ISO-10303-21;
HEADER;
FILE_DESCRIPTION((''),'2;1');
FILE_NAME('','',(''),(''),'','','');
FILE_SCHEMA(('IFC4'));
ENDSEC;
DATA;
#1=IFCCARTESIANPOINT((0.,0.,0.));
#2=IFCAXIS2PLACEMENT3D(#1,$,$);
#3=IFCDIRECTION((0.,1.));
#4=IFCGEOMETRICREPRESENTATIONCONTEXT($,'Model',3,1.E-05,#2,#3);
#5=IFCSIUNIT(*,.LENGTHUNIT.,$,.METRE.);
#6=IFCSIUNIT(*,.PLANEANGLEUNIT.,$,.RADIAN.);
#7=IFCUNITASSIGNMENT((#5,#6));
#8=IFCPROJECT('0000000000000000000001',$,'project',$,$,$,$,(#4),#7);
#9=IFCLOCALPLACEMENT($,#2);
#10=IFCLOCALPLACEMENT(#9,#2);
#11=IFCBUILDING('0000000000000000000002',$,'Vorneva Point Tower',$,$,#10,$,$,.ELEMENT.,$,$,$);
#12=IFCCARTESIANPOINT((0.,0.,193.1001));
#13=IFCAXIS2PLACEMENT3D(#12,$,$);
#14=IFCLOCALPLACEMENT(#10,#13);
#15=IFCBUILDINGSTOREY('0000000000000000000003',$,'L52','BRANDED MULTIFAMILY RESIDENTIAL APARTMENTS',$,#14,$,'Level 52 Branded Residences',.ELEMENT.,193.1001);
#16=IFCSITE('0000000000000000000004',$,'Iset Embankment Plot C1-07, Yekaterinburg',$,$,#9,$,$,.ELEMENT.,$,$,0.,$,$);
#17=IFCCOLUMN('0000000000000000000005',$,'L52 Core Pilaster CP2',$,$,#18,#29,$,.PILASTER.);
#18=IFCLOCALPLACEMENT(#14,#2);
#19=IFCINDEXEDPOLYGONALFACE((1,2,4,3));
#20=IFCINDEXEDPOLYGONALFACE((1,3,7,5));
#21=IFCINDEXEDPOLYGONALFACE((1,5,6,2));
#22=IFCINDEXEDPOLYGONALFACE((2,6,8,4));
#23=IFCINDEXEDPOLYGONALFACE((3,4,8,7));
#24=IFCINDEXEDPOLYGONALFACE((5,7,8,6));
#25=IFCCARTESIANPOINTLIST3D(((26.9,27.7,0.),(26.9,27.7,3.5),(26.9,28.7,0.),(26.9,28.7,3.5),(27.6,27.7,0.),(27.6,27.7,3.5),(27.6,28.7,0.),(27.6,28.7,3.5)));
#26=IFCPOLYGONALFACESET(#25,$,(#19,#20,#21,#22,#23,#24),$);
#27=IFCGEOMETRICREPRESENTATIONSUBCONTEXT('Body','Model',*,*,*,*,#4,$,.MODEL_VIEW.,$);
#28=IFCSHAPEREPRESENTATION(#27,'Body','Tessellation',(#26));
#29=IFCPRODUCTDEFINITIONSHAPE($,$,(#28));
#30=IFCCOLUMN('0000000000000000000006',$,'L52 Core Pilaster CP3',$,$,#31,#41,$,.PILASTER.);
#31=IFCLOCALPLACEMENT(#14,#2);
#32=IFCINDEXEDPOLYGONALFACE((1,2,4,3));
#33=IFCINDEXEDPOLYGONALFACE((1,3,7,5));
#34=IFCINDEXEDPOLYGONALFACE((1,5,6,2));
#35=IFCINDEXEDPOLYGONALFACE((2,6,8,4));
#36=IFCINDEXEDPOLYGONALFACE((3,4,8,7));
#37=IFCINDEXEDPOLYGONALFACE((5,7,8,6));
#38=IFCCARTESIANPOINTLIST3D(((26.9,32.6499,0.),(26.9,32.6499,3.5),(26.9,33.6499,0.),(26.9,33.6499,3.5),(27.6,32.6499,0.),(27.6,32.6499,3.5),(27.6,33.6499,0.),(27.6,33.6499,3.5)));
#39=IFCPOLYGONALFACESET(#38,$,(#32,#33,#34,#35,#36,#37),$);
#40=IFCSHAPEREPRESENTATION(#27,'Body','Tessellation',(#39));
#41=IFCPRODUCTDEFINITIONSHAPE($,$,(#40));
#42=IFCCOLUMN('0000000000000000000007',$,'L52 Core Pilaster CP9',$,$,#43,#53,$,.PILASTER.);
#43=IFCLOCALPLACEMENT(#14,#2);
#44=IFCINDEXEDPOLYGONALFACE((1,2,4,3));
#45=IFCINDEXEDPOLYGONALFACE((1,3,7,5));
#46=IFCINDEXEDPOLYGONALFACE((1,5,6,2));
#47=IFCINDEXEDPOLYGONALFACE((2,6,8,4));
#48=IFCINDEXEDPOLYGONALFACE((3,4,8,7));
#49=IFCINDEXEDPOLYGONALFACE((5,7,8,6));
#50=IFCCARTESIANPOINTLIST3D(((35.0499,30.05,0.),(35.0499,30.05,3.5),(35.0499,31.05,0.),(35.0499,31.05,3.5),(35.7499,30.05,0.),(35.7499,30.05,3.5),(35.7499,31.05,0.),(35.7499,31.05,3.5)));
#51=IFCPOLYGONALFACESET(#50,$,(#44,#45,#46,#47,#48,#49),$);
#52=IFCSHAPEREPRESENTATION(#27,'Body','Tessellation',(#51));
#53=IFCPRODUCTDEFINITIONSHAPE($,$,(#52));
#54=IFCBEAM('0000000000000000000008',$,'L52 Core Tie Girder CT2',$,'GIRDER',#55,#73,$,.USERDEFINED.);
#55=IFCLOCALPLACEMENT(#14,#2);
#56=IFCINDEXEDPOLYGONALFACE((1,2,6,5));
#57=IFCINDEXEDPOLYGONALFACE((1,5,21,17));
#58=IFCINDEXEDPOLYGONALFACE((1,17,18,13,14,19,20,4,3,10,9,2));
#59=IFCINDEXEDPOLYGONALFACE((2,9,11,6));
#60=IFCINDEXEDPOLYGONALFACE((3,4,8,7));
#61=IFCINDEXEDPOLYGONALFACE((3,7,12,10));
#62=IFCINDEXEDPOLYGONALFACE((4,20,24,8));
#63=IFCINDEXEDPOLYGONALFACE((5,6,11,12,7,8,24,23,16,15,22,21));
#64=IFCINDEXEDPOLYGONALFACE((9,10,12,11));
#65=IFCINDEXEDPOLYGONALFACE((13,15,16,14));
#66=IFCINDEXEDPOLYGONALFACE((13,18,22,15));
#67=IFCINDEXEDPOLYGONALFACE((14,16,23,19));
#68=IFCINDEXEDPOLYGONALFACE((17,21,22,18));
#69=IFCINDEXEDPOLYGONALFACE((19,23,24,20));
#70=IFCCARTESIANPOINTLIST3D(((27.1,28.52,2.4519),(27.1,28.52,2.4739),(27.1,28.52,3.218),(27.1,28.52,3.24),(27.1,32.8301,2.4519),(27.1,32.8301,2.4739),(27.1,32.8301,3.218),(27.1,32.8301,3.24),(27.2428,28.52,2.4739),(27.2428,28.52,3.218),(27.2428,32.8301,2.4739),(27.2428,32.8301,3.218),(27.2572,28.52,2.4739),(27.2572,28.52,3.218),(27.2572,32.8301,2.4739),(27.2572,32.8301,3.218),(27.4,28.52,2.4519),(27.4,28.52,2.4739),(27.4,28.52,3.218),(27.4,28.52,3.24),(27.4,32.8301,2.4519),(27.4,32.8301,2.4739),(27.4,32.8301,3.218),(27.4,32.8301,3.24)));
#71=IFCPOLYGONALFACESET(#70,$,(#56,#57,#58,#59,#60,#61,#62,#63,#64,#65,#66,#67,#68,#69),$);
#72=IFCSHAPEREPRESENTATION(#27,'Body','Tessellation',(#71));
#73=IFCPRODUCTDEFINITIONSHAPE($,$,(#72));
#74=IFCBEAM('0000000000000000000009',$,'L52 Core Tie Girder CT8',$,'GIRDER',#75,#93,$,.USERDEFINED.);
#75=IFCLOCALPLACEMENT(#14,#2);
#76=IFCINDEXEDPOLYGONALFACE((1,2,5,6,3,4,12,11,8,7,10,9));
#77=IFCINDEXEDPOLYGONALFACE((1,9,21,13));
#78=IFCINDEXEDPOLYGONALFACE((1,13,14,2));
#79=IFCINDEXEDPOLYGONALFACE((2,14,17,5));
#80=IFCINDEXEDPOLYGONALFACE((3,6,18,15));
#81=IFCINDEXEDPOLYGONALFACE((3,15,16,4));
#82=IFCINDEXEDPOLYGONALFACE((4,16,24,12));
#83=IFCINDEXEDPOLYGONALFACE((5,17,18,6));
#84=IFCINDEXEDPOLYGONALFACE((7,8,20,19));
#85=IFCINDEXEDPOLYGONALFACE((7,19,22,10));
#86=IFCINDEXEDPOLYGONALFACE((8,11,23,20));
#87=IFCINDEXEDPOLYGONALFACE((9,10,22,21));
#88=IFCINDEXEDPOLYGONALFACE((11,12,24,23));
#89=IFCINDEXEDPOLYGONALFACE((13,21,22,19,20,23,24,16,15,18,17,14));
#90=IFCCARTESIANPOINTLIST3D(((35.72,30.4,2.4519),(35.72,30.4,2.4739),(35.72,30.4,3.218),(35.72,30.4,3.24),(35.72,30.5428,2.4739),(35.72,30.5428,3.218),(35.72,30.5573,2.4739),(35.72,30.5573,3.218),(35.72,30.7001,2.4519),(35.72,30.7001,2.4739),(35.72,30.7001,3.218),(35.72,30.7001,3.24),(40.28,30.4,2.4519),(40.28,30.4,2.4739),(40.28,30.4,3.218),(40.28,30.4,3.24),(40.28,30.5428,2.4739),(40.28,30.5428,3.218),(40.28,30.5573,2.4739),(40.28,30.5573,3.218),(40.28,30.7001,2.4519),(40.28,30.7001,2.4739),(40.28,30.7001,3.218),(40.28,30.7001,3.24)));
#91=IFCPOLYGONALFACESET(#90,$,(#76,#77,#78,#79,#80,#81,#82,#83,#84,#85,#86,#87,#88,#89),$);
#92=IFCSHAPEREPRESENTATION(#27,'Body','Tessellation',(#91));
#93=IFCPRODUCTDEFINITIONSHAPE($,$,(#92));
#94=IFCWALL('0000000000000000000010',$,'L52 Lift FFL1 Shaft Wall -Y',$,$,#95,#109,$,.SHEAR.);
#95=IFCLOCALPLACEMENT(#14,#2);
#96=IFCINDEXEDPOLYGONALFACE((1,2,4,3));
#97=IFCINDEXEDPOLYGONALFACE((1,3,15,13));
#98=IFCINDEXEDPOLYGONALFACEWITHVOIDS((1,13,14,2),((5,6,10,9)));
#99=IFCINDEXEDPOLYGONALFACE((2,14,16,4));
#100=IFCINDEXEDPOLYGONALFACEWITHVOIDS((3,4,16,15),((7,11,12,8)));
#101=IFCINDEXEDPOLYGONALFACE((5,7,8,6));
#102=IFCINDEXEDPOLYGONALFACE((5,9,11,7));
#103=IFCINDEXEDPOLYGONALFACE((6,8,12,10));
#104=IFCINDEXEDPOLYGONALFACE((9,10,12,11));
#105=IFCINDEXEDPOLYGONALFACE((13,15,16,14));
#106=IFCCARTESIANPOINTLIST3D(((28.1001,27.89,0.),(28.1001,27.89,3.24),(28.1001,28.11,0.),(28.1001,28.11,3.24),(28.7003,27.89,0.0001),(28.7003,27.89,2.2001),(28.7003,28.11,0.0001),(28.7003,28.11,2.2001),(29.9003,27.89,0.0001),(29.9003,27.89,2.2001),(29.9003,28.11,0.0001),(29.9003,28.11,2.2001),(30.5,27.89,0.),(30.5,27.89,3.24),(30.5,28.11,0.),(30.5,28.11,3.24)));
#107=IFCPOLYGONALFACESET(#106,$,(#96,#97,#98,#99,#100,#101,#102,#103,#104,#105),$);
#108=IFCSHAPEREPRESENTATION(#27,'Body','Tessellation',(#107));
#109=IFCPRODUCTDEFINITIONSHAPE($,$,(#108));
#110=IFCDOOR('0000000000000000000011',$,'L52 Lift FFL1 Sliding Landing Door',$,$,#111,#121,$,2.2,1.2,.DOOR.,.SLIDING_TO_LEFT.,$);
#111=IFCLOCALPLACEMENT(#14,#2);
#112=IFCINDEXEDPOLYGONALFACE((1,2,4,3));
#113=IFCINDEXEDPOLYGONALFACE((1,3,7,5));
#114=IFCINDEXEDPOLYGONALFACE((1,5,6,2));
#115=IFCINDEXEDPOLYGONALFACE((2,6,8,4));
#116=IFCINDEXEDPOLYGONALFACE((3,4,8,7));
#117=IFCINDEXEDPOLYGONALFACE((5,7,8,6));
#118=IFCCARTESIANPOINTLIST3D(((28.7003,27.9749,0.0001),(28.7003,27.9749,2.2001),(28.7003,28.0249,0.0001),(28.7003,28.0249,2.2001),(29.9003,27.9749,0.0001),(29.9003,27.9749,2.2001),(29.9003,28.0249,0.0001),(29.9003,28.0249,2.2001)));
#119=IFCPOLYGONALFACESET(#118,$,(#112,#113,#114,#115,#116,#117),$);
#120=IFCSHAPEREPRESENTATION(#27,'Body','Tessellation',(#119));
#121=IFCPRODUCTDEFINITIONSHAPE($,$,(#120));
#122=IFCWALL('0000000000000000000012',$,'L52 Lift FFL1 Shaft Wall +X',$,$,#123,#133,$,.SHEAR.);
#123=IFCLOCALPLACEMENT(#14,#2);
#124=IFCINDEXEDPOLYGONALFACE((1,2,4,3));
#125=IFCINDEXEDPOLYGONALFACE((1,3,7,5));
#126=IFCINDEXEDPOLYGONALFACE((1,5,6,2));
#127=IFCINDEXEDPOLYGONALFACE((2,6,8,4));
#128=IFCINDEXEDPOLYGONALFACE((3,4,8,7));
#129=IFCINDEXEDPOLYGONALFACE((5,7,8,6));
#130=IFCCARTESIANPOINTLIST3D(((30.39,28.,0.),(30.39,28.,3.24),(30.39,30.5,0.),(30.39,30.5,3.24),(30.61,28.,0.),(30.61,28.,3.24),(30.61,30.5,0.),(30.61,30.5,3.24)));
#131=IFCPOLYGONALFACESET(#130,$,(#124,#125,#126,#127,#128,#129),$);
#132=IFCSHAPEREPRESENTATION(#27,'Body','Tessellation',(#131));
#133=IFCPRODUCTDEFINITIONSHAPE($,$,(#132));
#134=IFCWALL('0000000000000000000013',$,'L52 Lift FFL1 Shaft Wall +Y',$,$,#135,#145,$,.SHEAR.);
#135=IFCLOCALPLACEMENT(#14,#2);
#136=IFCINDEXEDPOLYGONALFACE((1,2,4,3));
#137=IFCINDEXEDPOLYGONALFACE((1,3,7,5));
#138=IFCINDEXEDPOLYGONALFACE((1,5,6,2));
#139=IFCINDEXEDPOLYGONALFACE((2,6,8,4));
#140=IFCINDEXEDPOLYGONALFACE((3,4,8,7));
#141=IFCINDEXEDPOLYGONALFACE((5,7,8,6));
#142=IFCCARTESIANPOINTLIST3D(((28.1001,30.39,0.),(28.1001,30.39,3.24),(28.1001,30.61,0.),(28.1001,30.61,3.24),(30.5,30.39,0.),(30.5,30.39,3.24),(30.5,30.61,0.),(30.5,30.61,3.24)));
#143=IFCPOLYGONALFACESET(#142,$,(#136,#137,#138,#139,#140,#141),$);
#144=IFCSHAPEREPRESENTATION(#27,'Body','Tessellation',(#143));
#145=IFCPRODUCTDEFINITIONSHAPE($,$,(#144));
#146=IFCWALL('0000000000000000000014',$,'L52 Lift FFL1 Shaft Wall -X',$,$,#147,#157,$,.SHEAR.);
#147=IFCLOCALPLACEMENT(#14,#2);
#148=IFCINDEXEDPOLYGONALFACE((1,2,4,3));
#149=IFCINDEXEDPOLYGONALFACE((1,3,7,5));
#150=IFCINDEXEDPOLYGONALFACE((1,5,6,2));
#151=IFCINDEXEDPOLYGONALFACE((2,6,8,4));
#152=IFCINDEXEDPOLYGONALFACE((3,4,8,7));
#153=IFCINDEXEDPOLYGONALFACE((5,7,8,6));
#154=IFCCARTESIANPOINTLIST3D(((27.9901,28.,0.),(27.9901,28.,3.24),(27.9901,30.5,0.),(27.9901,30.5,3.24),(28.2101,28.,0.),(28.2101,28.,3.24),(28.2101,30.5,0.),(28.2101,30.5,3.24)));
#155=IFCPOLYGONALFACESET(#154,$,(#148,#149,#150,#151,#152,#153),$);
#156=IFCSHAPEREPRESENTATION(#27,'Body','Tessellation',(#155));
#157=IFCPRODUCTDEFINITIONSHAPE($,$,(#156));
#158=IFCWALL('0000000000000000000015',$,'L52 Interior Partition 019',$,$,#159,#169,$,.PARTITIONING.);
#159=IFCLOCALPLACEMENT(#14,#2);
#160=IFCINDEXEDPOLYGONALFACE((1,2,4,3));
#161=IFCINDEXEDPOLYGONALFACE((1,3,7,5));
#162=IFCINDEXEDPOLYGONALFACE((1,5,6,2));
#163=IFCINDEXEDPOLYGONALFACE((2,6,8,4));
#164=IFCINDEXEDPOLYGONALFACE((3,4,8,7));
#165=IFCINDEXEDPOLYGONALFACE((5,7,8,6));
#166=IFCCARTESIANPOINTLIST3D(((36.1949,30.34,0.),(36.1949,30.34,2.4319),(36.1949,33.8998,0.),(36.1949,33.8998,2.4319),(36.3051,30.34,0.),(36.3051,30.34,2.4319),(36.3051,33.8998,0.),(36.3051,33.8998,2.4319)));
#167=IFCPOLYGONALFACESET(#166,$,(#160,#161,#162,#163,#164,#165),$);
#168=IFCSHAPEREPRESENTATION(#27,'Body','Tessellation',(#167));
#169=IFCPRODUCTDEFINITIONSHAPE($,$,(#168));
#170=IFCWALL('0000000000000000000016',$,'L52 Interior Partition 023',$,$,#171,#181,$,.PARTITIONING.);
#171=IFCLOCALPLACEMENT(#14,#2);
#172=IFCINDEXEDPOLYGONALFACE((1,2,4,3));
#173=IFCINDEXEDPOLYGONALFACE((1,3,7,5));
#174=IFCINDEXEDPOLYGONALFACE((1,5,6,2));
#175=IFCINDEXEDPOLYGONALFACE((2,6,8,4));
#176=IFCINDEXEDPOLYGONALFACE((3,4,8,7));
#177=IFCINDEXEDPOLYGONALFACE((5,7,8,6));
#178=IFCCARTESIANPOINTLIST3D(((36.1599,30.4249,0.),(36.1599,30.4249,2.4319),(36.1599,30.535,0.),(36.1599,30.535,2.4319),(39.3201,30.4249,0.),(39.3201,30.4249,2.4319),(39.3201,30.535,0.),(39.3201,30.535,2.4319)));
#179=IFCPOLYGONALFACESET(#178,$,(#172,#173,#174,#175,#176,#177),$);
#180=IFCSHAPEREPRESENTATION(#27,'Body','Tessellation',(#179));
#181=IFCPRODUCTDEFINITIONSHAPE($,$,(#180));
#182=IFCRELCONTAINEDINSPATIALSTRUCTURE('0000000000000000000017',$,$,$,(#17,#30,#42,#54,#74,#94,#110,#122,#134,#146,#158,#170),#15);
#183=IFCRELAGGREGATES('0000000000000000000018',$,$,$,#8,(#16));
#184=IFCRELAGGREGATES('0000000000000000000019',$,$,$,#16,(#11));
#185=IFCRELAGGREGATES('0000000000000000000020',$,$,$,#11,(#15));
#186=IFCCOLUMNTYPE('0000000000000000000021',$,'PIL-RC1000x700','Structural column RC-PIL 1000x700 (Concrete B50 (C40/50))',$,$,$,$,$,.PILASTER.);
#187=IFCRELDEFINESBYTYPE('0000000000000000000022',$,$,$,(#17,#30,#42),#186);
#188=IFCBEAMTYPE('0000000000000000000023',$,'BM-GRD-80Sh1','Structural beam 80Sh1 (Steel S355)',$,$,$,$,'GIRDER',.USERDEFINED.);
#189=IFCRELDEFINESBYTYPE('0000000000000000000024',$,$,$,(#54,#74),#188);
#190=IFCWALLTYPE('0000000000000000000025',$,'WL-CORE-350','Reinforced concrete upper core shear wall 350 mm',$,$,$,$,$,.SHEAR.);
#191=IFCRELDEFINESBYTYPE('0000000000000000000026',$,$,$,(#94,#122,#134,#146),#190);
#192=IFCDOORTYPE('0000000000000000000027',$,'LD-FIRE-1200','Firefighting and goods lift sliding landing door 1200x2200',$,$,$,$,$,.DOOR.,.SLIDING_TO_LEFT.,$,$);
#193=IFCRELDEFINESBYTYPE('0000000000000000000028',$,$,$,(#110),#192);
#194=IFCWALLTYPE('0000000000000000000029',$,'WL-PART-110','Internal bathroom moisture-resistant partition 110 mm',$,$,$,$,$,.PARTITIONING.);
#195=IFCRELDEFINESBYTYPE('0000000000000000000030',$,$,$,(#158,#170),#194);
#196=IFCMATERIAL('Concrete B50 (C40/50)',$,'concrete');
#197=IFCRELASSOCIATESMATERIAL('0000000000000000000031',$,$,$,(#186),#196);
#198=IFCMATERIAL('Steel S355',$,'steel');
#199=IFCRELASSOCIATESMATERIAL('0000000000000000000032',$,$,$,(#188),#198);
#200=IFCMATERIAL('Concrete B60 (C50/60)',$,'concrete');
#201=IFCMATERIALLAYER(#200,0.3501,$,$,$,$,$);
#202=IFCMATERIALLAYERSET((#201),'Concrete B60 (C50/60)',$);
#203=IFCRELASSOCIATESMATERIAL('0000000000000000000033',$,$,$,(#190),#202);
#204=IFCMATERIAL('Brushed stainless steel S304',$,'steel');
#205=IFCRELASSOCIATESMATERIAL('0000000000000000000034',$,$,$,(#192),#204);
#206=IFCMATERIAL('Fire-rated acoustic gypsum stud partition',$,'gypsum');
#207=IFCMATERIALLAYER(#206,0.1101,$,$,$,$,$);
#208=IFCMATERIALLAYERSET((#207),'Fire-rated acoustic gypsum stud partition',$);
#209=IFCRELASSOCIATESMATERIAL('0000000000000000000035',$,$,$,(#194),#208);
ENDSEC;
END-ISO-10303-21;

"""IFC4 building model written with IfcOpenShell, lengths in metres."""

from ifc_helpers import new_model, si_unit, direction, frame, frame_2d, origin, origin_2d, place, context, subcontext, project, spatial, rectangle, i_section, extrude, material, layer, layer_set, material_profile, profile_set, type_object, element, fill, save


model = new_model("IFC4")

# Units and contexts
model_context = context("Model", 3, precision=1e-05, world=origin(), true_north=direction((0.0, 1.0)))
body_context = subcontext(model_context, "Body", "Model", "MODEL_VIEW")
ifc_project = project(units=[si_unit("LENGTHUNIT", "METRE"), si_unit("PLANEANGLEUNIT", "RADIAN")], contexts=[model_context])

# Site, building, storey
site_placement = place(None, origin())
site = spatial("IfcSite", under=ifc_project, at=site_placement, Name="Iset Embankment Plot C1-07, Yekaterinburg", CompositionType="ELEMENT", RefElevation=0.0)
building_placement = place(site_placement, origin())
building = spatial("IfcBuilding", under=site, at=building_placement, Name="Vorneva Point Tower", CompositionType="ELEMENT")
storey_placement = place(building_placement, frame((0.0, 0.0, 193.1001)))
storey = spatial("IfcBuildingStorey", under=building, at=storey_placement, Name="L52", Description="BRANDED MULTIFAMILY RESIDENTIAL APARTMENTS", LongName="Level 52 Branded Residences", CompositionType="ELEMENT", Elevation=193.1001)

# Columns
ifc_material_1 = material(Name="Concrete B50 (C40/50)", Category="concrete")
ifc_material_profile_1 = material_profile(ifc_material_1, rectangle(XDim=0.7, YDim=1.0, at=origin_2d()), Name="RC-PIL 1000x700")
ifc_profile_set_1 = profile_set([ifc_material_profile_1], Name="Concrete B50 (C40/50)")
column_type = type_object("IfcColumnType", Name="PIL-RC1000x700", Description="Structural column RC-PIL 1000x700 (Concrete B50 (C40/50))", PredefinedType="PILASTER", material=ifc_profile_set_1)
for number, where, z_axis, x_axis, name in (
    (1, (27.25, 28.2, 0.0), (0.0, 0.0, 1.0), (1.0, 0.0, 0.0), "L52 Core Pilaster CP2"),
    (2, (27.25, 33.1499, 0.0), (0.0, 0.0, 1.0), (1.0, 0.0, 0.0), "L52 Core Pilaster CP3"),
    (3, (35.3999, 30.55, 0.0), (0.0, 0.0, 1.0), (1.0, 0.0, 0.0), "L52 Core Pilaster CP9"),
):
    element("IfcColumn", number, at=place(storey_placement, frame(where, z_axis=z_axis, x_axis=x_axis)), inside=storey, type_object=column_type, Name=name, PredefinedType="PILASTER", context=body_context, shape_type="SweptSolid", body=[
        extrude(rectangle(XDim=0.7, YDim=1.0, at=origin_2d()), origin(), (0.0, 0.0, 1.0), 3.5),
    ])

# Beams
ifc_material_2 = material(Name="Steel S355", Category="steel")
ifc_material_profile_2 = material_profile(ifc_material_2, i_section(OverallWidth=0.3, OverallDepth=0.7881, WebThickness=0.0144, FlangeThickness=0.022, at=origin_2d()), Name="80Sh1")
ifc_profile_set_2 = profile_set([ifc_material_profile_2], Name="Steel S355")
beam_type = type_object("IfcBeamType", Name="BM-GRD-80Sh1", Description="Structural beam 80Sh1 (Steel S355)", ElementType="GIRDER", PredefinedType="USERDEFINED", material=ifc_profile_set_2)
beam_1_placement = place(storey_placement, frame((27.25, 28.52, 2.8459), z_axis=(0.0, 1.0, 0.0), x_axis=(-1.0, 0.0, 0.0)))
element("IfcBeam", 4, at=beam_1_placement, inside=storey, type_object=beam_type, Name="L52 Core Tie Girder CT2", ObjectType="GIRDER", PredefinedType="USERDEFINED", context=body_context, shape_type="SweptSolid", body=[
    extrude(i_section(OverallWidth=0.3, OverallDepth=0.7881, WebThickness=0.0144, FlangeThickness=0.022, at=origin_2d()), origin(), (0.0, 0.0, 1.0), 4.3101),
])
beam_2_placement = place(storey_placement, frame((35.72, 30.55, 2.8459), z_axis=(1.0, 0.0, 0.0), x_axis=(0.0, 1.0, 0.0)))
element("IfcBeam", 5, at=beam_2_placement, inside=storey, type_object=beam_type, Name="L52 Core Tie Girder CT8", ObjectType="GIRDER", PredefinedType="USERDEFINED", context=body_context, shape_type="SweptSolid", body=[
    extrude(i_section(OverallWidth=0.3, OverallDepth=0.7881, WebThickness=0.0144, FlangeThickness=0.022, at=origin_2d()), origin(), (0.0, 0.0, 1.0), 4.5601),
])

# Wall, opening, door
ifc_material_3 = material(Name="Concrete B60 (C50/60)", Category="concrete")
ifc_layer_1 = layer(ifc_material_3, 0.3501)
ifc_layer_set_1 = layer_set([ifc_layer_1], Name="Concrete B60 (C50/60)")
wall_type_1 = type_object("IfcWallType", Name="WL-CORE-350", Description="Reinforced concrete upper core shear wall 350 mm", PredefinedType="SHEAR", material=ifc_layer_set_1)
wall_1_placement = place(storey_placement, frame((28.1001, 28.0, 0.0), z_axis=(0.0, 0.0, 1.0), x_axis=(1.0, 0.0, 0.0)))
wall_1 = element("IfcWall", 6, at=wall_1_placement, inside=storey, type_object=wall_type_1, Name="L52 Lift FFL1 Shaft Wall -Y", PredefinedType="SHEAR", context=body_context, shape_type="SweptSolid", body=[
    extrude(rectangle(XDim=2.3999, YDim=0.22, at=frame_2d((1.2, 0.0))), origin(), (0.0, 0.0, 1.0), 3.24),
])
opening_1_placement = place(wall_1_placement, frame((0.6001, 0.0, 0.0)))
opening_1 = element("IfcOpeningElement", 7, at=opening_1_placement, cuts=wall_1, PredefinedType="OPENING", context=body_context, shape_type="SweptSolid", body=[
    extrude(rectangle(XDim=1.2, YDim=2.2, at=frame_2d((0.6001, 1.1001))), frame((0.0, 0.125, 0.0), z_axis=(0.0, -1.0, 0.0), x_axis=(1.0, 0.0, 0.0)), (0.0, 0.0, 1.0), 0.2498),
])
ifc_material_4 = material(Name="Brushed stainless steel S304", Category="steel")
door_type_1 = type_object("IfcDoorType", Name="LD-FIRE-1200", Description="Firefighting and goods lift sliding landing door 1200x2200", OperationType="SLIDING_TO_LEFT", PredefinedType="DOOR", material=ifc_material_4)
door_1_placement = place(opening_1_placement, origin())
door_1 = element("IfcDoor", 8, at=door_1_placement, inside=storey, type_object=door_type_1, Name="L52 Lift FFL1 Sliding Landing Door", OperationType="SLIDING_TO_LEFT", OverallHeight=2.2, OverallWidth=1.2, PredefinedType="DOOR", context=body_context, shape_type="SweptSolid", body=[
    extrude(rectangle(XDim=1.2, YDim=2.2, at=frame_2d((0.6001, 1.1001))), frame((0.0, 0.0249, 0.0), z_axis=(0.0, -1.0, 0.0), x_axis=(1.0, 0.0, 0.0)), (0.0, 0.0, 1.0), 0.05),
])
fill(opening_1, door_1)

# Walls
wall_2_placement = place(storey_placement, frame((30.5, 28.0, 0.0), z_axis=(0.0, 0.0, 1.0), x_axis=(0.0, 1.0, 0.0)))
element("IfcWall", 9, at=wall_2_placement, inside=storey, type_object=wall_type_1, Name="L52 Lift FFL1 Shaft Wall +X", PredefinedType="SHEAR", context=body_context, shape_type="SweptSolid", body=[
    extrude(rectangle(XDim=2.5, YDim=0.22, at=frame_2d((1.25, 0.0))), origin(), (0.0, 0.0, 1.0), 3.24),
])
wall_3_placement = place(storey_placement, frame((30.5, 30.5, 0.0), z_axis=(0.0, 0.0, 1.0), x_axis=(-1.0, 0.0, 0.0)))
element("IfcWall", 10, at=wall_3_placement, inside=storey, type_object=wall_type_1, Name="L52 Lift FFL1 Shaft Wall +Y", PredefinedType="SHEAR", context=body_context, shape_type="SweptSolid", body=[
    extrude(rectangle(XDim=2.3999, YDim=0.22, at=frame_2d((1.2, 0.0))), origin(), (0.0, 0.0, 1.0), 3.24),
])
wall_4_placement = place(storey_placement, frame((28.1001, 30.5, 0.0), z_axis=(0.0, 0.0, 1.0), x_axis=(0.0, -1.0, 0.0)))
element("IfcWall", 11, at=wall_4_placement, inside=storey, type_object=wall_type_1, Name="L52 Lift FFL1 Shaft Wall -X", PredefinedType="SHEAR", context=body_context, shape_type="SweptSolid", body=[
    extrude(rectangle(XDim=2.5, YDim=0.22, at=frame_2d((1.25, 0.0))), origin(), (0.0, 0.0, 1.0), 3.24),
])
ifc_material_5 = material(Name="Fire-rated acoustic gypsum stud partition", Category="gypsum")
ifc_layer_2 = layer(ifc_material_5, 0.1101)
ifc_layer_set_2 = layer_set([ifc_layer_2], Name="Fire-rated acoustic gypsum stud partition")
wall_type_2 = type_object("IfcWallType", Name="WL-PART-110", Description="Internal bathroom moisture-resistant partition 110 mm", PredefinedType="PARTITIONING", material=ifc_layer_set_2)
wall_5_placement = place(storey_placement, frame((36.25, 30.3401, 0.0), z_axis=(0.0, 0.0, 1.0), x_axis=(0.0, 1.0, 0.0)))
element("IfcWall", 12, at=wall_5_placement, inside=storey, type_object=wall_type_2, Name="L52 Interior Partition 019", PredefinedType="PARTITIONING", context=body_context, shape_type="SweptSolid", body=[
    extrude(rectangle(XDim=3.5598, YDim=0.1101, at=frame_2d((1.7798, 0.0))), origin(), (0.0, 0.0, 1.0), 2.4319),
])
wall_6_placement = place(storey_placement, frame((36.1599, 30.48, 0.0), z_axis=(0.0, 0.0, 1.0), x_axis=(1.0, 0.0, 0.0)))
element("IfcWall", 13, at=wall_6_placement, inside=storey, type_object=wall_type_2, Name="L52 Interior Partition 023", PredefinedType="PARTITIONING", context=body_context, shape_type="SweptSolid", body=[
    extrude(rectangle(XDim=3.1602, YDim=0.1101, at=frame_2d((1.5801, 0.0))), origin(), (0.0, 0.0, 1.0), 2.4319),
])

save(model, "model.ifc")
